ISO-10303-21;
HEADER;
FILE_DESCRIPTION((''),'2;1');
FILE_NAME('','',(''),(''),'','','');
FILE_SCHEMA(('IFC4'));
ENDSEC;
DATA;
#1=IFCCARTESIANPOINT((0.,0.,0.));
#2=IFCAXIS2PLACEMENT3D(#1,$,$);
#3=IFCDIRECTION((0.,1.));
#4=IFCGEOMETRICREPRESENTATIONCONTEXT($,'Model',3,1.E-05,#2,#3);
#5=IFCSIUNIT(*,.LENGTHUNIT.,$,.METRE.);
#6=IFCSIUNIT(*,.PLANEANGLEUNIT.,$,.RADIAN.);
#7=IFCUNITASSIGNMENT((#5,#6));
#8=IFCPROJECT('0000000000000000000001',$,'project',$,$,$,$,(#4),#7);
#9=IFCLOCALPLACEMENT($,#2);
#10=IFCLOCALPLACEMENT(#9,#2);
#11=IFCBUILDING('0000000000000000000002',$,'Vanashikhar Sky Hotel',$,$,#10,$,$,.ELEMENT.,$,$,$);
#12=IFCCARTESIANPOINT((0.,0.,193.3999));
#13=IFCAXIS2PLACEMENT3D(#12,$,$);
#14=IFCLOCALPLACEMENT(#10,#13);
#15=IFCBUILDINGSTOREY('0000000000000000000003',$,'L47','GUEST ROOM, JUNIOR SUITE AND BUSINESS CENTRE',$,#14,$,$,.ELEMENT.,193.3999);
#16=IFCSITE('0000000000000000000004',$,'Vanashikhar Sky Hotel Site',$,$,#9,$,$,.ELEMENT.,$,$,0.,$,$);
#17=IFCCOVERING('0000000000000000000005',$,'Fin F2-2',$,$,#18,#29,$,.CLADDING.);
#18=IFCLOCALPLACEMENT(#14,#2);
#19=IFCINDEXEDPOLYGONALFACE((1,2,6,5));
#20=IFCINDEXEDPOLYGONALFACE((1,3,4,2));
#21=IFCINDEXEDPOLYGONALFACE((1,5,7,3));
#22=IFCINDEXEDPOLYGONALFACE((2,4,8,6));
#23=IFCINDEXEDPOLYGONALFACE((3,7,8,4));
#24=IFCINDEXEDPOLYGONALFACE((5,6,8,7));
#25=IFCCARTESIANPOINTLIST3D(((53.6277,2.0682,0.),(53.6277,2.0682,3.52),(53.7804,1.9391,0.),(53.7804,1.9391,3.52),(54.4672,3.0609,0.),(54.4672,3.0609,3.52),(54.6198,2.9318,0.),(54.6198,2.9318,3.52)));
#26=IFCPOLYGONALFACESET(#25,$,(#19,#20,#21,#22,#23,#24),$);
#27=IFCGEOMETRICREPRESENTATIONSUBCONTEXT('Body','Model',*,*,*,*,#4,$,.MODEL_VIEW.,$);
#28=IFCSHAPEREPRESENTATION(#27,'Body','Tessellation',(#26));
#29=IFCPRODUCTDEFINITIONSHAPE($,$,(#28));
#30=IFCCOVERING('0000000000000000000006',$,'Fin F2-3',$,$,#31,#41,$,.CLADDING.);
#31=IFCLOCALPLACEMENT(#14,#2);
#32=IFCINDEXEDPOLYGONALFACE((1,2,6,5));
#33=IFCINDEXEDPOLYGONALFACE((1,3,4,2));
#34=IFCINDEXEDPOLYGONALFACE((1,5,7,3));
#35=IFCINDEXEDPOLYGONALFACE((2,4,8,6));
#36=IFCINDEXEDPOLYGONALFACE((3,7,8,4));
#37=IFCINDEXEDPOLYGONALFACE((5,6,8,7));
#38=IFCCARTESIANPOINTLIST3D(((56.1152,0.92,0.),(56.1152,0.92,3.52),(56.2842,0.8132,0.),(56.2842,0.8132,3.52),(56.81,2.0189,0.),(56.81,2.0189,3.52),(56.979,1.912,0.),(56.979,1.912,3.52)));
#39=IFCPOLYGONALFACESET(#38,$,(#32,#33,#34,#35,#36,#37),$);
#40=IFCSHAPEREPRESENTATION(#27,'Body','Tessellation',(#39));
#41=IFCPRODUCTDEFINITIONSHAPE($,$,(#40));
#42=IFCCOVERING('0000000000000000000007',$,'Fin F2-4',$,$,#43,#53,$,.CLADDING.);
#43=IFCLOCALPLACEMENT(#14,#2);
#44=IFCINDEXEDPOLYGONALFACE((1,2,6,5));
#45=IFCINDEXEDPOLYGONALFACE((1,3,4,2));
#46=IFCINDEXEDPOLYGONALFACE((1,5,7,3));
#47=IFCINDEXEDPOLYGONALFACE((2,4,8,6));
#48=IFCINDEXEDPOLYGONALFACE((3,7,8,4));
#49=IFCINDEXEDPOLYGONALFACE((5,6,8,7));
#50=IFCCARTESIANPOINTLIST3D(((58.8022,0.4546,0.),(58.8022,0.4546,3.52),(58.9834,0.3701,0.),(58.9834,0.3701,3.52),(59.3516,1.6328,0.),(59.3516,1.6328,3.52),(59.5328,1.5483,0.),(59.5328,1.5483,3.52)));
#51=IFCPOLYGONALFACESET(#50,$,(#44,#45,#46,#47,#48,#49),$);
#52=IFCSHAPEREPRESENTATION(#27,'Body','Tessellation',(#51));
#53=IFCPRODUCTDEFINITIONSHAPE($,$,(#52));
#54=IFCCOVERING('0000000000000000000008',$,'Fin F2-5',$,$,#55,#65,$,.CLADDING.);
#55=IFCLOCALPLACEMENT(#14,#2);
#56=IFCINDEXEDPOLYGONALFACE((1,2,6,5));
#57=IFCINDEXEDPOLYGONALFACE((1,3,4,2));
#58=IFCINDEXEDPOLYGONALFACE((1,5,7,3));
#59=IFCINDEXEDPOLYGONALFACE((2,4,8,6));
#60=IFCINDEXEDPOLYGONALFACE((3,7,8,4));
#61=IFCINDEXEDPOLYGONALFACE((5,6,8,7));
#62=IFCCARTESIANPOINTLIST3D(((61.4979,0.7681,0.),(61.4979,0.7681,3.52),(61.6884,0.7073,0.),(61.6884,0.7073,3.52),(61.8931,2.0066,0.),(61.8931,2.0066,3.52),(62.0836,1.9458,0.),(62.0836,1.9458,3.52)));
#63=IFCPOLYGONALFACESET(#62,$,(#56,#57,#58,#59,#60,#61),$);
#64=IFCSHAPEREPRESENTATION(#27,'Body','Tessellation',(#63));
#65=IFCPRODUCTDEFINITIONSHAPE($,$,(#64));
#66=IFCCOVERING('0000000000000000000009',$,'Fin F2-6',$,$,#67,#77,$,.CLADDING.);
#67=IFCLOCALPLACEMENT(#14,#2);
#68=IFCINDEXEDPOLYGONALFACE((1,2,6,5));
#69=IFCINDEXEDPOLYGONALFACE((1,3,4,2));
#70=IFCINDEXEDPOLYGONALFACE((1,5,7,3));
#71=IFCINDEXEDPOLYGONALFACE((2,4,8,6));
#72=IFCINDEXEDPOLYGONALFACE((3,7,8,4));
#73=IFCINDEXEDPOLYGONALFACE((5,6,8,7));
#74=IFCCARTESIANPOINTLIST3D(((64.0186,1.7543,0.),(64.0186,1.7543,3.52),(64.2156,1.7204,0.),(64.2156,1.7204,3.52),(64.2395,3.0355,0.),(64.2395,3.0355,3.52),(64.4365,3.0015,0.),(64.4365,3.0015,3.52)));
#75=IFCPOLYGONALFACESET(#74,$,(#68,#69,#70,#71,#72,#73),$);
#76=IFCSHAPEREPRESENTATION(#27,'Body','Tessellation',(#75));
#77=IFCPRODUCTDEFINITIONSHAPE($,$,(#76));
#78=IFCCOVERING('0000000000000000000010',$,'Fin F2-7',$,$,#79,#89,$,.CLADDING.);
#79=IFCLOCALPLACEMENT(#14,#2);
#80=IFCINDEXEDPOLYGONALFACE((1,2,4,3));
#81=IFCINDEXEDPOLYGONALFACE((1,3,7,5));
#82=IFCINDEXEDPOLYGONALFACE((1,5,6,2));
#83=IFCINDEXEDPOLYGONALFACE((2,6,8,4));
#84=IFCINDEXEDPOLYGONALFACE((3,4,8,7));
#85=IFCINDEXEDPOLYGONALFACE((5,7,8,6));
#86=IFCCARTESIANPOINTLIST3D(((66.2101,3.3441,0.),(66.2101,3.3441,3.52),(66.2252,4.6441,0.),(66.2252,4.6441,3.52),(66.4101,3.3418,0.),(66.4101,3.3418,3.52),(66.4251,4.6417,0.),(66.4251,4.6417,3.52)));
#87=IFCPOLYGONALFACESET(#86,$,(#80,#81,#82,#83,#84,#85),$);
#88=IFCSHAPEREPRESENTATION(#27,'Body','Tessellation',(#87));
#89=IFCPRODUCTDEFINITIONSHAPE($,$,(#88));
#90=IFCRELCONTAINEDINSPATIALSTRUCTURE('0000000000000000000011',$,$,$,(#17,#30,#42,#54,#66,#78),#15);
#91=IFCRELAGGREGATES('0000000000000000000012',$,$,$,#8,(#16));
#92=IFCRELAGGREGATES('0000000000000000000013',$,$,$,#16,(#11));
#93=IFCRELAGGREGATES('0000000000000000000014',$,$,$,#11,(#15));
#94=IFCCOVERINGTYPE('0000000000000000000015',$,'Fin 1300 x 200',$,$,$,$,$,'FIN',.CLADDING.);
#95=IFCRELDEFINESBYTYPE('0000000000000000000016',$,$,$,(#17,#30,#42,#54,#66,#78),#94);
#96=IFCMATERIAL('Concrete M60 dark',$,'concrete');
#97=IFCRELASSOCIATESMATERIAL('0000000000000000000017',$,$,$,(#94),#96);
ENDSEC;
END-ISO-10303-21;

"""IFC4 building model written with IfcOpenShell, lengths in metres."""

from ifc_helpers import new_model, si_unit, direction, frame, origin, origin_2d, place, context, subcontext, project, spatial, rectangle, extrude, source, transform, mapped, material, material_profile, profile_set, type_object, element, save


model = new_model("IFC4")

# Units and contexts
model_context = context("Model", 3, precision=1e-05, world=origin(), true_north=direction((0.0, 1.0)))
body_context = subcontext(model_context, "Body", "Model", "MODEL_VIEW")
ifc_project = project(units=[si_unit("LENGTHUNIT", "METRE"), si_unit("PLANEANGLEUNIT", "RADIAN")], contexts=[model_context])

# Site, building, storey
site_placement = place(None, origin())
site = spatial("IfcSite", under=ifc_project, at=site_placement, Name="Vanashikhar Sky Hotel Site", CompositionType="ELEMENT", RefElevation=0.0)
building_placement = place(site_placement, origin())
building = spatial("IfcBuilding", under=site, at=building_placement, Name="Vanashikhar Sky Hotel", CompositionType="ELEMENT")
storey_placement = place(building_placement, frame((0.0, 0.0, 193.3999)))
storey = spatial("IfcBuildingStorey", under=building, at=storey_placement, Name="L47", Description="GUEST ROOM, JUNIOR SUITE AND BUSINESS CENTRE", CompositionType="ELEMENT", Elevation=193.3999)

# Coverings
ifc_material_1 = material(Name="Concrete M60 dark", Category="concrete")
ifc_material_profile = material_profile(ifc_material_1, rectangle(XDim=1.3, YDim=0.2, at=origin_2d()))
ifc_profile_set = profile_set([ifc_material_profile], Name="Fin 1300 x 200")
covering_type = type_object("IfcCoveringType", Name="Fin 1300 x 200", ElementType="FIN", PredefinedType="CLADDING", material=ifc_profile_set)
shared_shape_1 = source(origin(), body_context, "Body", "SweptSolid", [
    extrude(rectangle(XDim=1.3, YDim=0.2, at=origin_2d()), origin(), (0.0, 0.0, 1.0), 3.52),
])
for number, where, z_axis, x_axis, name in (
    (1, (54.1238, 2.5, 0.0), (0.0, 0.0, 1.0), (-0.645698, -0.763593, 0.0), "Fin F2-2"),
    (2, (56.5471, 1.416, 0.0), (0.0, 0.0, 1.0), (-0.534411, -0.845225, 0.0), "Fin F2-3"),
    (3, (59.1675, 1.0015, 0.0), (0.0, 0.0, 1.0), (-0.422618, -0.906308, 0.0), "Fin F2-4"),
    (4, (61.7908, 1.3569, 0.0), (0.0, 0.0, 1.0), (-0.303967, -0.952683, 0.0), "Fin F2-5"),
    (5, (64.2275, 2.3779, 0.0), (0.0, 0.0, 1.0), (-0.1699, -0.985461, 0.0), "Fin F2-6"),
    (6, (66.3176, 3.9929, 0.0), (0.0, 0.0, 1.0), (-0.011589, -0.999933, 0.0), "Fin F2-7"),
):
    element("IfcCovering", number, at=place(storey_placement, frame(where, z_axis=z_axis, x_axis=x_axis)), inside=storey, type_object=covering_type, Name=name, PredefinedType="CLADDING", context=body_context, shape_type="MappedRepresentation", body=[
        mapped(shared_shape_1, transform((0.0, 0.0, 0.0), scale=1.0)),
    ])

save(model, "model.ifc")
